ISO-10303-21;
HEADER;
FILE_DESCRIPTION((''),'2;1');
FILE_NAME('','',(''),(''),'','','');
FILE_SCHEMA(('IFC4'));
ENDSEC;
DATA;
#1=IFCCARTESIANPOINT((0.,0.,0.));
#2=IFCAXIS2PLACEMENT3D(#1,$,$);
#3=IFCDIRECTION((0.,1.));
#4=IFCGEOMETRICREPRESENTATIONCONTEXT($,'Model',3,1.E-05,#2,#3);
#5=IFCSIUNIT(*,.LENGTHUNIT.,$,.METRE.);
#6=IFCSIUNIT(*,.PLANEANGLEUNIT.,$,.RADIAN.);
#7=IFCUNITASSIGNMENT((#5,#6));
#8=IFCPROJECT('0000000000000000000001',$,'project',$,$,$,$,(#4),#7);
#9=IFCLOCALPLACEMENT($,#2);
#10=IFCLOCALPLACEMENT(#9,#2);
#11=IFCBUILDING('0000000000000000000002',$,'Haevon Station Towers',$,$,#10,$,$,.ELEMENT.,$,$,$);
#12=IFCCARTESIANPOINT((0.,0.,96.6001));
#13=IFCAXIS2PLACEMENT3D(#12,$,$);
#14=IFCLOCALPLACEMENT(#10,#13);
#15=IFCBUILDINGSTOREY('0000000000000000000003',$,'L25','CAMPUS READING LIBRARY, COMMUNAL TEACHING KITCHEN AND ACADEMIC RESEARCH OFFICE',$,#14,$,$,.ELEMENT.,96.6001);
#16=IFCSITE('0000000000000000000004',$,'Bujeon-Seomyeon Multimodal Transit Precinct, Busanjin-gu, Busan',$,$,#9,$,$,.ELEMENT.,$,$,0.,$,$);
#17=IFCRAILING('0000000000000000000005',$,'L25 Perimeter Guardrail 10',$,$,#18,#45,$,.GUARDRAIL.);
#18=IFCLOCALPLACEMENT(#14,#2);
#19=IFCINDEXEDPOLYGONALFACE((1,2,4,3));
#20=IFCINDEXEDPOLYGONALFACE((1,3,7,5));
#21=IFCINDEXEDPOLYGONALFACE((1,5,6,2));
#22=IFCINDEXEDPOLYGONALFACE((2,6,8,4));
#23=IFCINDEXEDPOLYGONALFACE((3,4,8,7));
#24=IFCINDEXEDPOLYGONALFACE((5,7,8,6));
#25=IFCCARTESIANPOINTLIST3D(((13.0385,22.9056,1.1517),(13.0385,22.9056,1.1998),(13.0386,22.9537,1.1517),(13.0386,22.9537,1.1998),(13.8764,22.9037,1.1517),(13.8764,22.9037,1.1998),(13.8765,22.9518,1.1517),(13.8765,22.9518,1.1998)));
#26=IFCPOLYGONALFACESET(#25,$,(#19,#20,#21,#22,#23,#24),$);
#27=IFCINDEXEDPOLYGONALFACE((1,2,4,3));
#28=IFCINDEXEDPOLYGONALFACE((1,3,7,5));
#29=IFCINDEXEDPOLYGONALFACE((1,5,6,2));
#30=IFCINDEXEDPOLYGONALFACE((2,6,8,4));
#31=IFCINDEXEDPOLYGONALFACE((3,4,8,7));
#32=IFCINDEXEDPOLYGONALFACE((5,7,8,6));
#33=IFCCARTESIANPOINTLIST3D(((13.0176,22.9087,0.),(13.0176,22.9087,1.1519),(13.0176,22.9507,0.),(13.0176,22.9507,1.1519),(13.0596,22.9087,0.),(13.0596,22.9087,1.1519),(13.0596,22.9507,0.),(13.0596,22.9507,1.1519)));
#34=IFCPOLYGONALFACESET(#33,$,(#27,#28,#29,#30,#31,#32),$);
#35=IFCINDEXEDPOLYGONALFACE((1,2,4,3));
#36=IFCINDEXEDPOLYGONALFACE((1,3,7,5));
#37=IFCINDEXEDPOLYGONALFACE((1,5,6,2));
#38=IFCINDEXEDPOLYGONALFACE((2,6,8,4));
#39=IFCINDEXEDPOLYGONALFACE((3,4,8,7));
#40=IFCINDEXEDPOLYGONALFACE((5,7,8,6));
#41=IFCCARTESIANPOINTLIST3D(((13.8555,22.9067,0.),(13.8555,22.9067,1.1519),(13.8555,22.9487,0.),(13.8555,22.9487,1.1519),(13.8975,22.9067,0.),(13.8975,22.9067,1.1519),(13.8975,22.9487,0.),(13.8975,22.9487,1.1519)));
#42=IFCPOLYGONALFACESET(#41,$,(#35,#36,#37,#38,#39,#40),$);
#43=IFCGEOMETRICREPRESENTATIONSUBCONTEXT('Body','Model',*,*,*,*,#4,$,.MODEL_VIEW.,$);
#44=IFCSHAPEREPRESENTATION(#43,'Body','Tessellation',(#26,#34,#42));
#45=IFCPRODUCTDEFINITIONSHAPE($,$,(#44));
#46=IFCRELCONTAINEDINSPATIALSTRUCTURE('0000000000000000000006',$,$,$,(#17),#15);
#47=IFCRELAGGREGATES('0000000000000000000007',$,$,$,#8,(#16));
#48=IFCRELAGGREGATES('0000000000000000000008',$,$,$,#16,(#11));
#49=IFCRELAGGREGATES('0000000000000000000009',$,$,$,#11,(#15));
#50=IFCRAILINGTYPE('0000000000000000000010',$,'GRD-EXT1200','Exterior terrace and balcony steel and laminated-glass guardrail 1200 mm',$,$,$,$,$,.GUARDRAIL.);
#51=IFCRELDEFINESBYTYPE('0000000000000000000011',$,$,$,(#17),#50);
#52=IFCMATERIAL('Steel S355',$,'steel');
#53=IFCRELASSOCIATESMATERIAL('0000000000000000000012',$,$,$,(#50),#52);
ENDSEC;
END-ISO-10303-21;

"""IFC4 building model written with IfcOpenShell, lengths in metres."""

from ifc_helpers import new_model, si_unit, direction, frame, origin, origin_2d, place, context, subcontext, project, spatial, rectangle, extrude, material, type_object, element, save


model = new_model("IFC4")

# Units and contexts
model_context = context("Model", 3, precision=1e-05, world=origin(), true_north=direction((0.0, 1.0)))
body_context = subcontext(model_context, "Body", "Model", "MODEL_VIEW")
ifc_project = project(units=[si_unit("LENGTHUNIT", "METRE"), si_unit("PLANEANGLEUNIT", "RADIAN")], contexts=[model_context])

# Site, building, storey
site_placement = place(None, origin())
site = spatial("IfcSite", under=ifc_project, at=site_placement, Name="Bujeon-Seomyeon Multimodal Transit Precinct, Busanjin-gu, Busan", CompositionType="ELEMENT", RefElevation=0.0)
building_placement = place(site_placement, origin())
building = spatial("IfcBuilding", under=site, at=building_placement, Name="Haevon Station Towers", CompositionType="ELEMENT")
storey_placement = place(building_placement, frame((0.0, 0.0, 96.6001)))
storey = spatial("IfcBuildingStorey", under=building, at=storey_placement, Name="L25", Description="CAMPUS READING LIBRARY, COMMUNAL TEACHING KITCHEN AND ACADEMIC RESEARCH OFFICE", CompositionType="ELEMENT", Elevation=96.6001)

# Shared definitions
ifc_material_1 = material(Name="Steel S355", Category="steel")

# Railing
railing_type = type_object("IfcRailingType", Name="GRD-EXT1200", Description="Exterior terrace and balcony steel and laminated-glass guardrail 1200 mm", PredefinedType="GUARDRAIL", material=ifc_material_1)
railing_1_placement = place(storey_placement, frame((13.0386, 22.9297, 0.0)))
element("IfcRailing", 1, at=railing_1_placement, inside=storey, type_object=railing_type, Name="L25 Perimeter Guardrail 10", PredefinedType="GUARDRAIL", context=body_context, shape_type="SweptSolid", body=[
    extrude(rectangle(XDim=0.0481, YDim=0.0481, at=origin_2d()), frame((0.0, 0.0, 1.1758), z_axis=(0.999997, -0.002331, 0.0), x_axis=(0.002331, 0.999997, 0.0)), (0.0, 0.0, 1.0), 0.8379),
    extrude(rectangle(XDim=0.042, YDim=0.042, at=origin_2d()), origin(), (0.0, 0.0, 1.0), 1.1519),
    extrude(rectangle(XDim=0.042, YDim=0.042, at=origin_2d()), frame((0.8379, -0.002, 0.0)), (0.0, 0.0, 1.0), 1.1519),
])

save(model, "model.ifc")
